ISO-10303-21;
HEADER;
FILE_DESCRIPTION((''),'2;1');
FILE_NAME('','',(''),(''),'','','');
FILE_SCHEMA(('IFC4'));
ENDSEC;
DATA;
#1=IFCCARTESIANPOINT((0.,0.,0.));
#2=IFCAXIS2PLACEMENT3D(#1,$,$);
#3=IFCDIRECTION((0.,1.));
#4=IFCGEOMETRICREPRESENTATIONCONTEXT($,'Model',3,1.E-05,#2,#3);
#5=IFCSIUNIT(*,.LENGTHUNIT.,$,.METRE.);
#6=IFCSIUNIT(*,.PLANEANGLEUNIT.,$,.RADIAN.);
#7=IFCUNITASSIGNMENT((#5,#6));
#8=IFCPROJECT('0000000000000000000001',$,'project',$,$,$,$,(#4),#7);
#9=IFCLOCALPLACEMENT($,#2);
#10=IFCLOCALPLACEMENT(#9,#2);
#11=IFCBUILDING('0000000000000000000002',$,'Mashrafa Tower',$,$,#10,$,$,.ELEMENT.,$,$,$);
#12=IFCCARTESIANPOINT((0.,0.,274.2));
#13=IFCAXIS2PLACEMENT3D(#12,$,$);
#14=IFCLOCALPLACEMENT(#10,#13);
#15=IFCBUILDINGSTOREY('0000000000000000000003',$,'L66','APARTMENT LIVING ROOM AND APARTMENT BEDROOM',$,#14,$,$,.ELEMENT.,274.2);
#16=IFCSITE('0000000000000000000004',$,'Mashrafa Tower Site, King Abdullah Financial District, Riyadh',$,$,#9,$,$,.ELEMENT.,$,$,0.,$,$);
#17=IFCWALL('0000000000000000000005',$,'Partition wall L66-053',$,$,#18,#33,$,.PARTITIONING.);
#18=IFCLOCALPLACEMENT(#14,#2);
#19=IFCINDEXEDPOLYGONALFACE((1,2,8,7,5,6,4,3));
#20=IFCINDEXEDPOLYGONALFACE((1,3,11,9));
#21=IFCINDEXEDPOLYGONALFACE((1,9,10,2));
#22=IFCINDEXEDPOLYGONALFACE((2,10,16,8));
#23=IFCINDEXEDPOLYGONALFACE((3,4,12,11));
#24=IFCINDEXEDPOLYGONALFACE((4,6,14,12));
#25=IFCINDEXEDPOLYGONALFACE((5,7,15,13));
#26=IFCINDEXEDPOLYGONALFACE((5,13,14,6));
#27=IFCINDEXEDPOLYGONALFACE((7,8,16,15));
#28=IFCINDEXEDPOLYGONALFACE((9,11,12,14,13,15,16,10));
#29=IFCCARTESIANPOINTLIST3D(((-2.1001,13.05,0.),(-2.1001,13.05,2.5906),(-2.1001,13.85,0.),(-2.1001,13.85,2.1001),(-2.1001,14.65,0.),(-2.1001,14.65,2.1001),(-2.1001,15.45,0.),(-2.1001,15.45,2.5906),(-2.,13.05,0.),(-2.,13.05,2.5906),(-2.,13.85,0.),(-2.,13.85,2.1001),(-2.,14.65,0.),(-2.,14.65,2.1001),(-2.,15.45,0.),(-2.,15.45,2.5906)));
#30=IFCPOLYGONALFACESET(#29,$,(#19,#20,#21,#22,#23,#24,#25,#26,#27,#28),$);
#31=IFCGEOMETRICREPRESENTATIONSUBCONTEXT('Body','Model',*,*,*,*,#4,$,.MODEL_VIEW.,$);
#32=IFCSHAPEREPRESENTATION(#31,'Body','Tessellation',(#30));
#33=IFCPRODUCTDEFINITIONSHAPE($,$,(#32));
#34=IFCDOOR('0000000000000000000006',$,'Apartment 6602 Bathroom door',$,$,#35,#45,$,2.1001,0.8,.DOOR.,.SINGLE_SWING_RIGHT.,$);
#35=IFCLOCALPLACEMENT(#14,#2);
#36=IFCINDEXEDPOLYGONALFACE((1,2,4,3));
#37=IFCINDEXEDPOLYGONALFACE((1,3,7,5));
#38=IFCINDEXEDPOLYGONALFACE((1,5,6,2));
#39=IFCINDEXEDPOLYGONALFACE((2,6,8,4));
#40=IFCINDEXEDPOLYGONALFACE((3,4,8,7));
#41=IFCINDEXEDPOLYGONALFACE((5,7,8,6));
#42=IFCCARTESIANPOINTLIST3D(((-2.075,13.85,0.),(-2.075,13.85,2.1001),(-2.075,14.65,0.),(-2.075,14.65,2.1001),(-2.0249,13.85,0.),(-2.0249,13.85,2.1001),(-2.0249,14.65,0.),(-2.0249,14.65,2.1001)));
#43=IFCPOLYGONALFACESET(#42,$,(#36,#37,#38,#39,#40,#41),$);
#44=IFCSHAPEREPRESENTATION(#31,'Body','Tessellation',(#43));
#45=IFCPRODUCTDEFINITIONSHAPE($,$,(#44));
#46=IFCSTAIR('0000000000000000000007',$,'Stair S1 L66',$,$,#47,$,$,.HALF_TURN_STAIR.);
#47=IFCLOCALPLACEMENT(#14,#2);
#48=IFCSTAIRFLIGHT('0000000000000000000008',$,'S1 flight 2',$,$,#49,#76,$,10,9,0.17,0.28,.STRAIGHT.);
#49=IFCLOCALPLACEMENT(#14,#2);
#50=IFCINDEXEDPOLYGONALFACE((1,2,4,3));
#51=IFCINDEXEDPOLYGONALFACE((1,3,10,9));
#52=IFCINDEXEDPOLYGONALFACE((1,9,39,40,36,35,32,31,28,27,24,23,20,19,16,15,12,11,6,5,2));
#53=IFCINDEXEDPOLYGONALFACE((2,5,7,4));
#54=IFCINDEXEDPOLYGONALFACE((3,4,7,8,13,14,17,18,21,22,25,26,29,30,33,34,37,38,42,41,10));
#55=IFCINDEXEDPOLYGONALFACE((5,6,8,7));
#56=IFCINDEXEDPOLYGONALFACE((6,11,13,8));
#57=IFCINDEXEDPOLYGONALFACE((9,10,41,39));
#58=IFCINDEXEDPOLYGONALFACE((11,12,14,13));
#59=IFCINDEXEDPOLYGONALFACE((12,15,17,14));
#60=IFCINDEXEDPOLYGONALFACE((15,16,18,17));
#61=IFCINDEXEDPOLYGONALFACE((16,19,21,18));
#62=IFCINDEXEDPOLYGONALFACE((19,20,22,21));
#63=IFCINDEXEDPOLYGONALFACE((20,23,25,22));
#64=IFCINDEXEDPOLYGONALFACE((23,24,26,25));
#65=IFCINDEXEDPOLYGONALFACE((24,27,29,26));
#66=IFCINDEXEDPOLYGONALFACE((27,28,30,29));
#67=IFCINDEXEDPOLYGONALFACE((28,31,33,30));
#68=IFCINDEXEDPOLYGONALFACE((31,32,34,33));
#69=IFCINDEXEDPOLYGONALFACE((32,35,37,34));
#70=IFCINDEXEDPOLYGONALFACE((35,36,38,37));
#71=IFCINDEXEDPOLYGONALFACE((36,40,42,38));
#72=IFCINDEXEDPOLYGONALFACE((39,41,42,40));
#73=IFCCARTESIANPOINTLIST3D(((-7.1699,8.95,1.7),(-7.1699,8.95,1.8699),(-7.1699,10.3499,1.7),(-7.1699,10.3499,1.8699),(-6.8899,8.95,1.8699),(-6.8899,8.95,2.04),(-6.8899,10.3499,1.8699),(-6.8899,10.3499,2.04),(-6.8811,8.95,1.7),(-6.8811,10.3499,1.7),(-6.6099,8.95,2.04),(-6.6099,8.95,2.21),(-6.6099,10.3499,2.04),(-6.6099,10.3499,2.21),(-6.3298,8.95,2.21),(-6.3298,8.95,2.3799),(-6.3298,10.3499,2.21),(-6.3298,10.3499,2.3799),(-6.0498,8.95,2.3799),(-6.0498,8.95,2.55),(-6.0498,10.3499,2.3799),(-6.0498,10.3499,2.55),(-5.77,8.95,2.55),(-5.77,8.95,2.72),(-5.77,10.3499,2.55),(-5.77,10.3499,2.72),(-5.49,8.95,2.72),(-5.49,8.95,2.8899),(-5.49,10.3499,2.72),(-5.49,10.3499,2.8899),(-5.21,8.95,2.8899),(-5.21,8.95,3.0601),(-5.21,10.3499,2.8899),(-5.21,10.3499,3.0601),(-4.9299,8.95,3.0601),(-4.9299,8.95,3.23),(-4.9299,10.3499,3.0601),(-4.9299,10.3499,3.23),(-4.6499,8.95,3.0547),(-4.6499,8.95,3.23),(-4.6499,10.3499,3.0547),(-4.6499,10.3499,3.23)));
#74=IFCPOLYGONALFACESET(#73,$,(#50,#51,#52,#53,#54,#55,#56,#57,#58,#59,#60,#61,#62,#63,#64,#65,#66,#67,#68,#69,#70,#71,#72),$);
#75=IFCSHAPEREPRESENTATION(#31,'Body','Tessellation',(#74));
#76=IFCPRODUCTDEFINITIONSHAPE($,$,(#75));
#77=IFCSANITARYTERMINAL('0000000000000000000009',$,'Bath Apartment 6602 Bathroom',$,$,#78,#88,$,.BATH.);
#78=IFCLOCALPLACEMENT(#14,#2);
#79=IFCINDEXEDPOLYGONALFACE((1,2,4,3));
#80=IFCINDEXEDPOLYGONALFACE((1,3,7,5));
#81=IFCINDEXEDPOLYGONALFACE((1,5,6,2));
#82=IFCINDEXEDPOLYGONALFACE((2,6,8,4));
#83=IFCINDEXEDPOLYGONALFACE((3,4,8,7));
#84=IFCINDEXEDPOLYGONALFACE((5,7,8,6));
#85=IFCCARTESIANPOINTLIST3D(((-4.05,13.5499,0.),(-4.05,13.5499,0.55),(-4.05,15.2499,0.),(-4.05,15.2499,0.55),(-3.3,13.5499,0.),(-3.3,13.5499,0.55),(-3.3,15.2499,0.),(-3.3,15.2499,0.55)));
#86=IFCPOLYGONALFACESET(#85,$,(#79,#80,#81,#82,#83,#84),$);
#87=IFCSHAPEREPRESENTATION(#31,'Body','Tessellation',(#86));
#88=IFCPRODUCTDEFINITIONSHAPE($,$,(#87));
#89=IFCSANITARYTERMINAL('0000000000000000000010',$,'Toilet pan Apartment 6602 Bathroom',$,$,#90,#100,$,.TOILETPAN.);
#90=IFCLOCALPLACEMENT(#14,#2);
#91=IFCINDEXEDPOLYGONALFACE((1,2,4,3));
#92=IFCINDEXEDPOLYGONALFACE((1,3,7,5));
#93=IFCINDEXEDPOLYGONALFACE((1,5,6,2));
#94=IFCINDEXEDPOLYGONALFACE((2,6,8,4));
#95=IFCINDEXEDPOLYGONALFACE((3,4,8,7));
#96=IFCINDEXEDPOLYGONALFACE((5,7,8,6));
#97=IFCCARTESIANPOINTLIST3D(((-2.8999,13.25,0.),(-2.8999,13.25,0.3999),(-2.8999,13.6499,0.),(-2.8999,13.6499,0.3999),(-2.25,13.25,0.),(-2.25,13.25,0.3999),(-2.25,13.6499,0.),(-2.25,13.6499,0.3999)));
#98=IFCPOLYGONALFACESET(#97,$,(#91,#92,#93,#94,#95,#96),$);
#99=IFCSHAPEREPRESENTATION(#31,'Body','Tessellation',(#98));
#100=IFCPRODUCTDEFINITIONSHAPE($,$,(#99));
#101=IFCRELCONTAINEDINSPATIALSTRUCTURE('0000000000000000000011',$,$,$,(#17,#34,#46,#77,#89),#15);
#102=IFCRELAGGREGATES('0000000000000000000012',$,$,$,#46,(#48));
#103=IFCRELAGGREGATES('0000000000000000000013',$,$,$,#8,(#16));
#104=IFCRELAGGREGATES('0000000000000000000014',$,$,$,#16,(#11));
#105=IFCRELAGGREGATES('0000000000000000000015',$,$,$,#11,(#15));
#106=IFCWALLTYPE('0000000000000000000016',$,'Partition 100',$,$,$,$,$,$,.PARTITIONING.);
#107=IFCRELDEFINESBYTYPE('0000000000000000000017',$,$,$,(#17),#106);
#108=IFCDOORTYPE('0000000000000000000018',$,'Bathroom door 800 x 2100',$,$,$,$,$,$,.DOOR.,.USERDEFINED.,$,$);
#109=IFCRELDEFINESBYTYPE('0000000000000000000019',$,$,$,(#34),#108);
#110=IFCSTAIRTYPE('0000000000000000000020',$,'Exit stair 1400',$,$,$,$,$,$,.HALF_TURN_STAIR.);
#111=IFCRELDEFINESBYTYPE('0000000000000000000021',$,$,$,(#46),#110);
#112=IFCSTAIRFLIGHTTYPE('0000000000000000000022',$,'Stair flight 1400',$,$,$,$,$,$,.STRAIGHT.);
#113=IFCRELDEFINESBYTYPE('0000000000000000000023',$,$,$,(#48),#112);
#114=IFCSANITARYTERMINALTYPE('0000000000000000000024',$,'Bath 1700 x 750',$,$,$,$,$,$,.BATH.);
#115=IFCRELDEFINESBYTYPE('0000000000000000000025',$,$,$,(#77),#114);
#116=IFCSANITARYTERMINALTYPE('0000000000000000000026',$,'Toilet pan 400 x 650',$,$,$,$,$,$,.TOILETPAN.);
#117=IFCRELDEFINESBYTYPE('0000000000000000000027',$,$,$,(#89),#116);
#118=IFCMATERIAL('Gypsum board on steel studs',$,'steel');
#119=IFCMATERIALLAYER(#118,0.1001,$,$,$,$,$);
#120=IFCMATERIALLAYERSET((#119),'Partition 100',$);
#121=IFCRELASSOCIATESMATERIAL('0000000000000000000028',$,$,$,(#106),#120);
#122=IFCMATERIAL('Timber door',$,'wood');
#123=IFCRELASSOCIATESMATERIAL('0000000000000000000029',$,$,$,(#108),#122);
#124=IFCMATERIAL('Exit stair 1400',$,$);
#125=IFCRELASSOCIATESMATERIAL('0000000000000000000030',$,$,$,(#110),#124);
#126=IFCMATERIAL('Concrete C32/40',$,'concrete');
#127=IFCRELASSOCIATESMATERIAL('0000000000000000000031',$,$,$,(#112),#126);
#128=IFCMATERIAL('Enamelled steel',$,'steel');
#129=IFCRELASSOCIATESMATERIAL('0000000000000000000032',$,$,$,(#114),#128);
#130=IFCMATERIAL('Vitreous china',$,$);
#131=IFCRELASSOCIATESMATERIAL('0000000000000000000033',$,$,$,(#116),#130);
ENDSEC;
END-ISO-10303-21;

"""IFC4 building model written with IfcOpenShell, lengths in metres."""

from ifc_helpers import new_model, si_unit, direction, frame, frame_2d, origin, origin_2d, place, context, subcontext, project, spatial, polyline, rectangle, outline, extrude, material, layer, layer_set, type_object, element, fill, aggregate, save


model = new_model("IFC4")

# Units and contexts
model_context = context("Model", 3, precision=1e-05, world=origin(), true_north=direction((0.0, 1.0)))
body_context = subcontext(model_context, "Body", "Model", "MODEL_VIEW")
ifc_project = project(units=[si_unit("LENGTHUNIT", "METRE"), si_unit("PLANEANGLEUNIT", "RADIAN")], contexts=[model_context])

# Site, building, storey
site_placement = place(None, origin())
site = spatial("IfcSite", under=ifc_project, at=site_placement, Name="Mashrafa Tower Site, King Abdullah Financial District, Riyadh", CompositionType="ELEMENT", RefElevation=0.0)
building_placement = place(site_placement, origin())
building = spatial("IfcBuilding", under=site, at=building_placement, Name="Mashrafa Tower", CompositionType="ELEMENT")
storey_placement = place(building_placement, frame((0.0, 0.0, 274.2)))
storey = spatial("IfcBuildingStorey", under=building, at=storey_placement, Name="L66", Description="APARTMENT LIVING ROOM AND APARTMENT BEDROOM", CompositionType="ELEMENT", Elevation=274.2)

# Shared definitions
ifc_material_1 = material(Name="Gypsum board on steel studs", Category="steel")
ifc_layer_1 = layer(ifc_material_1, 0.1001)
ifc_layer_set_1 = layer_set([ifc_layer_1], Name="Partition 100")
wall_type_1 = type_object("IfcWallType", Name="Partition 100", PredefinedType="PARTITIONING", material=ifc_layer_set_1)

# Wall, opening, door
wall_1_placement = place(storey_placement, frame((-2.05, 13.05, 0.0), z_axis=(0.0, 0.0, 1.0), x_axis=(0.0, 1.0, 0.0)))
wall_1 = element("IfcWall", 1, at=wall_1_placement, inside=storey, type_object=wall_type_1, Name="Partition wall L66-053", PredefinedType="PARTITIONING", context=body_context, shape_type="SweptSolid", body=[
    extrude(rectangle(XDim=2.3999, YDim=0.1001, at=frame_2d((1.2, 0.0))), origin(), (0.0, 0.0, 1.0), 2.5906),
])
opening_1_placement = place(wall_1_placement, frame((0.8, 0.0, 0.0)))
opening_1 = element("IfcOpeningElement", 2, at=opening_1_placement, cuts=wall_1, PredefinedType="OPENING", context=body_context, shape_type="SweptSolid", body=[
    extrude(rectangle(XDim=0.8, YDim=2.1001, at=frame_2d((0.3999, 1.05))), frame((0.0, 0.0601, 0.0), z_axis=(0.0, -1.0, 0.0), x_axis=(1.0, 0.0, 0.0)), (0.0, 0.0, 1.0), 0.1201),
])
ifc_material_2 = material(Name="Timber door", Category="wood")
door_type_1 = type_object("IfcDoorType", Name="Bathroom door 800 x 2100", OperationType="USERDEFINED", PredefinedType="DOOR", material=ifc_material_2)
door_1_placement = place(opening_1_placement, origin())
door_1 = element("IfcDoor", 3, at=door_1_placement, inside=storey, type_object=door_type_1, Name="Apartment 6602 Bathroom door", OperationType="SINGLE_SWING_RIGHT", OverallHeight=2.1001, OverallWidth=0.8, PredefinedType="DOOR", context=body_context, shape_type="SweptSolid", body=[
    extrude(rectangle(XDim=0.8, YDim=2.1001, at=frame_2d((0.3999, 1.05))), frame((0.0, 0.0249, 0.0), z_axis=(0.0, -1.0, 0.0), x_axis=(1.0, 0.0, 0.0)), (0.0, 0.0, 1.0), 0.05),
])
fill(opening_1, door_1)

# Stair, stair flight
ifc_material_3 = material(Name="Exit stair 1400")
stair_type = type_object("IfcStairType", Name="Exit stair 1400", PredefinedType="HALF_TURN_STAIR", material=ifc_material_3)
stair_placement = place(storey_placement, origin())
stair = element("IfcStair", 4, at=stair_placement, inside=storey, type_object=stair_type, Name="Stair S1 L66", PredefinedType="HALF_TURN_STAIR")
ifc_material_4 = material(Name="Concrete C32/40", Category="concrete")
stair_flight_type = type_object("IfcStairFlightType", Name="Stair flight 1400", PredefinedType="STRAIGHT", material=ifc_material_4)
stair_flight_placement = place(storey_placement, frame((-7.1699, 9.6499, 1.7), z_axis=(0.0, 0.0, 1.0), x_axis=(1.0, 0.0, 0.0)))
stair_flight = element("IfcStairFlight", 5, at=stair_flight_placement, type_object=stair_flight_type, Name="S1 flight 2", NumberOfRisers=10, NumberOfTreads=9, PredefinedType="STRAIGHT", RiserHeight=0.17, TreadLength=0.28, context=body_context, shape_type="SweptSolid", body=[
    extrude(outline(polyline([(0.0, 0.0), (0.0, 0.1699), (0.28, 0.1699), (0.28, 0.3401), (0.5601, 0.3401), (0.5601, 0.51), (0.8401, 0.51), (0.8401, 0.6799), (1.1201, 0.6799), (1.1201, 0.8501), (1.3999, 0.8501), (1.3999, 1.02), (1.6799, 1.02), (1.6799, 1.1899), (1.96, 1.1899), (1.96, 1.3601), (2.24, 1.3601), (2.24, 1.53), (2.52, 1.53), (2.52, 1.7), (2.52, 1.3547), (0.2888, 0.0), (0.0, 0.0)])), frame((0.0, 0.7, 0.0), z_axis=(0.0, -1.0, 0.0), x_axis=(1.0, 0.0, 0.0)), (0.0, 0.0, 1.0), 1.3999),
])
aggregate(stair, [stair_flight])

# Sanitary terminals
ifc_material_5 = material(Name="Enamelled steel", Category="steel")
sanitary_terminal_type_1 = type_object("IfcSanitaryTerminalType", Name="Bath 1700 x 750", PredefinedType="BATH", material=ifc_material_5)
sanitary_terminal_1_placement = place(storey_placement, frame((-3.675, 14.3999, 0.0), z_axis=(0.0, 0.0, 1.0), x_axis=(0.0, -1.0, 0.0)))
element("IfcSanitaryTerminal", 6, at=sanitary_terminal_1_placement, inside=storey, type_object=sanitary_terminal_type_1, Name="Bath Apartment 6602 Bathroom", PredefinedType="BATH", context=body_context, shape_type="SweptSolid", body=[
    extrude(rectangle(XDim=1.7, YDim=0.75, at=origin_2d()), origin(), (0.0, 0.0, 1.0), 0.55),
])
ifc_material_6 = material(Name="Vitreous china")
sanitary_terminal_type_2 = type_object("IfcSanitaryTerminalType", Name="Toilet pan 400 x 650", PredefinedType="TOILETPAN", material=ifc_material_6)
sanitary_terminal_2_placement = place(storey_placement, frame((-2.575, 13.45, 0.0), z_axis=(0.0, 0.0, 1.0), x_axis=(0.0, 1.0, 0.0)))
element("IfcSanitaryTerminal", 7, at=sanitary_terminal_2_placement, inside=storey, type_object=sanitary_terminal_type_2, Name="Toilet pan Apartment 6602 Bathroom", PredefinedType="TOILETPAN", context=body_context, shape_type="SweptSolid", body=[
    extrude(rectangle(XDim=0.3999, YDim=0.6499, at=origin_2d()), origin(), (0.0, 0.0, 1.0), 0.3999),
])

save(model, "model.ifc")
